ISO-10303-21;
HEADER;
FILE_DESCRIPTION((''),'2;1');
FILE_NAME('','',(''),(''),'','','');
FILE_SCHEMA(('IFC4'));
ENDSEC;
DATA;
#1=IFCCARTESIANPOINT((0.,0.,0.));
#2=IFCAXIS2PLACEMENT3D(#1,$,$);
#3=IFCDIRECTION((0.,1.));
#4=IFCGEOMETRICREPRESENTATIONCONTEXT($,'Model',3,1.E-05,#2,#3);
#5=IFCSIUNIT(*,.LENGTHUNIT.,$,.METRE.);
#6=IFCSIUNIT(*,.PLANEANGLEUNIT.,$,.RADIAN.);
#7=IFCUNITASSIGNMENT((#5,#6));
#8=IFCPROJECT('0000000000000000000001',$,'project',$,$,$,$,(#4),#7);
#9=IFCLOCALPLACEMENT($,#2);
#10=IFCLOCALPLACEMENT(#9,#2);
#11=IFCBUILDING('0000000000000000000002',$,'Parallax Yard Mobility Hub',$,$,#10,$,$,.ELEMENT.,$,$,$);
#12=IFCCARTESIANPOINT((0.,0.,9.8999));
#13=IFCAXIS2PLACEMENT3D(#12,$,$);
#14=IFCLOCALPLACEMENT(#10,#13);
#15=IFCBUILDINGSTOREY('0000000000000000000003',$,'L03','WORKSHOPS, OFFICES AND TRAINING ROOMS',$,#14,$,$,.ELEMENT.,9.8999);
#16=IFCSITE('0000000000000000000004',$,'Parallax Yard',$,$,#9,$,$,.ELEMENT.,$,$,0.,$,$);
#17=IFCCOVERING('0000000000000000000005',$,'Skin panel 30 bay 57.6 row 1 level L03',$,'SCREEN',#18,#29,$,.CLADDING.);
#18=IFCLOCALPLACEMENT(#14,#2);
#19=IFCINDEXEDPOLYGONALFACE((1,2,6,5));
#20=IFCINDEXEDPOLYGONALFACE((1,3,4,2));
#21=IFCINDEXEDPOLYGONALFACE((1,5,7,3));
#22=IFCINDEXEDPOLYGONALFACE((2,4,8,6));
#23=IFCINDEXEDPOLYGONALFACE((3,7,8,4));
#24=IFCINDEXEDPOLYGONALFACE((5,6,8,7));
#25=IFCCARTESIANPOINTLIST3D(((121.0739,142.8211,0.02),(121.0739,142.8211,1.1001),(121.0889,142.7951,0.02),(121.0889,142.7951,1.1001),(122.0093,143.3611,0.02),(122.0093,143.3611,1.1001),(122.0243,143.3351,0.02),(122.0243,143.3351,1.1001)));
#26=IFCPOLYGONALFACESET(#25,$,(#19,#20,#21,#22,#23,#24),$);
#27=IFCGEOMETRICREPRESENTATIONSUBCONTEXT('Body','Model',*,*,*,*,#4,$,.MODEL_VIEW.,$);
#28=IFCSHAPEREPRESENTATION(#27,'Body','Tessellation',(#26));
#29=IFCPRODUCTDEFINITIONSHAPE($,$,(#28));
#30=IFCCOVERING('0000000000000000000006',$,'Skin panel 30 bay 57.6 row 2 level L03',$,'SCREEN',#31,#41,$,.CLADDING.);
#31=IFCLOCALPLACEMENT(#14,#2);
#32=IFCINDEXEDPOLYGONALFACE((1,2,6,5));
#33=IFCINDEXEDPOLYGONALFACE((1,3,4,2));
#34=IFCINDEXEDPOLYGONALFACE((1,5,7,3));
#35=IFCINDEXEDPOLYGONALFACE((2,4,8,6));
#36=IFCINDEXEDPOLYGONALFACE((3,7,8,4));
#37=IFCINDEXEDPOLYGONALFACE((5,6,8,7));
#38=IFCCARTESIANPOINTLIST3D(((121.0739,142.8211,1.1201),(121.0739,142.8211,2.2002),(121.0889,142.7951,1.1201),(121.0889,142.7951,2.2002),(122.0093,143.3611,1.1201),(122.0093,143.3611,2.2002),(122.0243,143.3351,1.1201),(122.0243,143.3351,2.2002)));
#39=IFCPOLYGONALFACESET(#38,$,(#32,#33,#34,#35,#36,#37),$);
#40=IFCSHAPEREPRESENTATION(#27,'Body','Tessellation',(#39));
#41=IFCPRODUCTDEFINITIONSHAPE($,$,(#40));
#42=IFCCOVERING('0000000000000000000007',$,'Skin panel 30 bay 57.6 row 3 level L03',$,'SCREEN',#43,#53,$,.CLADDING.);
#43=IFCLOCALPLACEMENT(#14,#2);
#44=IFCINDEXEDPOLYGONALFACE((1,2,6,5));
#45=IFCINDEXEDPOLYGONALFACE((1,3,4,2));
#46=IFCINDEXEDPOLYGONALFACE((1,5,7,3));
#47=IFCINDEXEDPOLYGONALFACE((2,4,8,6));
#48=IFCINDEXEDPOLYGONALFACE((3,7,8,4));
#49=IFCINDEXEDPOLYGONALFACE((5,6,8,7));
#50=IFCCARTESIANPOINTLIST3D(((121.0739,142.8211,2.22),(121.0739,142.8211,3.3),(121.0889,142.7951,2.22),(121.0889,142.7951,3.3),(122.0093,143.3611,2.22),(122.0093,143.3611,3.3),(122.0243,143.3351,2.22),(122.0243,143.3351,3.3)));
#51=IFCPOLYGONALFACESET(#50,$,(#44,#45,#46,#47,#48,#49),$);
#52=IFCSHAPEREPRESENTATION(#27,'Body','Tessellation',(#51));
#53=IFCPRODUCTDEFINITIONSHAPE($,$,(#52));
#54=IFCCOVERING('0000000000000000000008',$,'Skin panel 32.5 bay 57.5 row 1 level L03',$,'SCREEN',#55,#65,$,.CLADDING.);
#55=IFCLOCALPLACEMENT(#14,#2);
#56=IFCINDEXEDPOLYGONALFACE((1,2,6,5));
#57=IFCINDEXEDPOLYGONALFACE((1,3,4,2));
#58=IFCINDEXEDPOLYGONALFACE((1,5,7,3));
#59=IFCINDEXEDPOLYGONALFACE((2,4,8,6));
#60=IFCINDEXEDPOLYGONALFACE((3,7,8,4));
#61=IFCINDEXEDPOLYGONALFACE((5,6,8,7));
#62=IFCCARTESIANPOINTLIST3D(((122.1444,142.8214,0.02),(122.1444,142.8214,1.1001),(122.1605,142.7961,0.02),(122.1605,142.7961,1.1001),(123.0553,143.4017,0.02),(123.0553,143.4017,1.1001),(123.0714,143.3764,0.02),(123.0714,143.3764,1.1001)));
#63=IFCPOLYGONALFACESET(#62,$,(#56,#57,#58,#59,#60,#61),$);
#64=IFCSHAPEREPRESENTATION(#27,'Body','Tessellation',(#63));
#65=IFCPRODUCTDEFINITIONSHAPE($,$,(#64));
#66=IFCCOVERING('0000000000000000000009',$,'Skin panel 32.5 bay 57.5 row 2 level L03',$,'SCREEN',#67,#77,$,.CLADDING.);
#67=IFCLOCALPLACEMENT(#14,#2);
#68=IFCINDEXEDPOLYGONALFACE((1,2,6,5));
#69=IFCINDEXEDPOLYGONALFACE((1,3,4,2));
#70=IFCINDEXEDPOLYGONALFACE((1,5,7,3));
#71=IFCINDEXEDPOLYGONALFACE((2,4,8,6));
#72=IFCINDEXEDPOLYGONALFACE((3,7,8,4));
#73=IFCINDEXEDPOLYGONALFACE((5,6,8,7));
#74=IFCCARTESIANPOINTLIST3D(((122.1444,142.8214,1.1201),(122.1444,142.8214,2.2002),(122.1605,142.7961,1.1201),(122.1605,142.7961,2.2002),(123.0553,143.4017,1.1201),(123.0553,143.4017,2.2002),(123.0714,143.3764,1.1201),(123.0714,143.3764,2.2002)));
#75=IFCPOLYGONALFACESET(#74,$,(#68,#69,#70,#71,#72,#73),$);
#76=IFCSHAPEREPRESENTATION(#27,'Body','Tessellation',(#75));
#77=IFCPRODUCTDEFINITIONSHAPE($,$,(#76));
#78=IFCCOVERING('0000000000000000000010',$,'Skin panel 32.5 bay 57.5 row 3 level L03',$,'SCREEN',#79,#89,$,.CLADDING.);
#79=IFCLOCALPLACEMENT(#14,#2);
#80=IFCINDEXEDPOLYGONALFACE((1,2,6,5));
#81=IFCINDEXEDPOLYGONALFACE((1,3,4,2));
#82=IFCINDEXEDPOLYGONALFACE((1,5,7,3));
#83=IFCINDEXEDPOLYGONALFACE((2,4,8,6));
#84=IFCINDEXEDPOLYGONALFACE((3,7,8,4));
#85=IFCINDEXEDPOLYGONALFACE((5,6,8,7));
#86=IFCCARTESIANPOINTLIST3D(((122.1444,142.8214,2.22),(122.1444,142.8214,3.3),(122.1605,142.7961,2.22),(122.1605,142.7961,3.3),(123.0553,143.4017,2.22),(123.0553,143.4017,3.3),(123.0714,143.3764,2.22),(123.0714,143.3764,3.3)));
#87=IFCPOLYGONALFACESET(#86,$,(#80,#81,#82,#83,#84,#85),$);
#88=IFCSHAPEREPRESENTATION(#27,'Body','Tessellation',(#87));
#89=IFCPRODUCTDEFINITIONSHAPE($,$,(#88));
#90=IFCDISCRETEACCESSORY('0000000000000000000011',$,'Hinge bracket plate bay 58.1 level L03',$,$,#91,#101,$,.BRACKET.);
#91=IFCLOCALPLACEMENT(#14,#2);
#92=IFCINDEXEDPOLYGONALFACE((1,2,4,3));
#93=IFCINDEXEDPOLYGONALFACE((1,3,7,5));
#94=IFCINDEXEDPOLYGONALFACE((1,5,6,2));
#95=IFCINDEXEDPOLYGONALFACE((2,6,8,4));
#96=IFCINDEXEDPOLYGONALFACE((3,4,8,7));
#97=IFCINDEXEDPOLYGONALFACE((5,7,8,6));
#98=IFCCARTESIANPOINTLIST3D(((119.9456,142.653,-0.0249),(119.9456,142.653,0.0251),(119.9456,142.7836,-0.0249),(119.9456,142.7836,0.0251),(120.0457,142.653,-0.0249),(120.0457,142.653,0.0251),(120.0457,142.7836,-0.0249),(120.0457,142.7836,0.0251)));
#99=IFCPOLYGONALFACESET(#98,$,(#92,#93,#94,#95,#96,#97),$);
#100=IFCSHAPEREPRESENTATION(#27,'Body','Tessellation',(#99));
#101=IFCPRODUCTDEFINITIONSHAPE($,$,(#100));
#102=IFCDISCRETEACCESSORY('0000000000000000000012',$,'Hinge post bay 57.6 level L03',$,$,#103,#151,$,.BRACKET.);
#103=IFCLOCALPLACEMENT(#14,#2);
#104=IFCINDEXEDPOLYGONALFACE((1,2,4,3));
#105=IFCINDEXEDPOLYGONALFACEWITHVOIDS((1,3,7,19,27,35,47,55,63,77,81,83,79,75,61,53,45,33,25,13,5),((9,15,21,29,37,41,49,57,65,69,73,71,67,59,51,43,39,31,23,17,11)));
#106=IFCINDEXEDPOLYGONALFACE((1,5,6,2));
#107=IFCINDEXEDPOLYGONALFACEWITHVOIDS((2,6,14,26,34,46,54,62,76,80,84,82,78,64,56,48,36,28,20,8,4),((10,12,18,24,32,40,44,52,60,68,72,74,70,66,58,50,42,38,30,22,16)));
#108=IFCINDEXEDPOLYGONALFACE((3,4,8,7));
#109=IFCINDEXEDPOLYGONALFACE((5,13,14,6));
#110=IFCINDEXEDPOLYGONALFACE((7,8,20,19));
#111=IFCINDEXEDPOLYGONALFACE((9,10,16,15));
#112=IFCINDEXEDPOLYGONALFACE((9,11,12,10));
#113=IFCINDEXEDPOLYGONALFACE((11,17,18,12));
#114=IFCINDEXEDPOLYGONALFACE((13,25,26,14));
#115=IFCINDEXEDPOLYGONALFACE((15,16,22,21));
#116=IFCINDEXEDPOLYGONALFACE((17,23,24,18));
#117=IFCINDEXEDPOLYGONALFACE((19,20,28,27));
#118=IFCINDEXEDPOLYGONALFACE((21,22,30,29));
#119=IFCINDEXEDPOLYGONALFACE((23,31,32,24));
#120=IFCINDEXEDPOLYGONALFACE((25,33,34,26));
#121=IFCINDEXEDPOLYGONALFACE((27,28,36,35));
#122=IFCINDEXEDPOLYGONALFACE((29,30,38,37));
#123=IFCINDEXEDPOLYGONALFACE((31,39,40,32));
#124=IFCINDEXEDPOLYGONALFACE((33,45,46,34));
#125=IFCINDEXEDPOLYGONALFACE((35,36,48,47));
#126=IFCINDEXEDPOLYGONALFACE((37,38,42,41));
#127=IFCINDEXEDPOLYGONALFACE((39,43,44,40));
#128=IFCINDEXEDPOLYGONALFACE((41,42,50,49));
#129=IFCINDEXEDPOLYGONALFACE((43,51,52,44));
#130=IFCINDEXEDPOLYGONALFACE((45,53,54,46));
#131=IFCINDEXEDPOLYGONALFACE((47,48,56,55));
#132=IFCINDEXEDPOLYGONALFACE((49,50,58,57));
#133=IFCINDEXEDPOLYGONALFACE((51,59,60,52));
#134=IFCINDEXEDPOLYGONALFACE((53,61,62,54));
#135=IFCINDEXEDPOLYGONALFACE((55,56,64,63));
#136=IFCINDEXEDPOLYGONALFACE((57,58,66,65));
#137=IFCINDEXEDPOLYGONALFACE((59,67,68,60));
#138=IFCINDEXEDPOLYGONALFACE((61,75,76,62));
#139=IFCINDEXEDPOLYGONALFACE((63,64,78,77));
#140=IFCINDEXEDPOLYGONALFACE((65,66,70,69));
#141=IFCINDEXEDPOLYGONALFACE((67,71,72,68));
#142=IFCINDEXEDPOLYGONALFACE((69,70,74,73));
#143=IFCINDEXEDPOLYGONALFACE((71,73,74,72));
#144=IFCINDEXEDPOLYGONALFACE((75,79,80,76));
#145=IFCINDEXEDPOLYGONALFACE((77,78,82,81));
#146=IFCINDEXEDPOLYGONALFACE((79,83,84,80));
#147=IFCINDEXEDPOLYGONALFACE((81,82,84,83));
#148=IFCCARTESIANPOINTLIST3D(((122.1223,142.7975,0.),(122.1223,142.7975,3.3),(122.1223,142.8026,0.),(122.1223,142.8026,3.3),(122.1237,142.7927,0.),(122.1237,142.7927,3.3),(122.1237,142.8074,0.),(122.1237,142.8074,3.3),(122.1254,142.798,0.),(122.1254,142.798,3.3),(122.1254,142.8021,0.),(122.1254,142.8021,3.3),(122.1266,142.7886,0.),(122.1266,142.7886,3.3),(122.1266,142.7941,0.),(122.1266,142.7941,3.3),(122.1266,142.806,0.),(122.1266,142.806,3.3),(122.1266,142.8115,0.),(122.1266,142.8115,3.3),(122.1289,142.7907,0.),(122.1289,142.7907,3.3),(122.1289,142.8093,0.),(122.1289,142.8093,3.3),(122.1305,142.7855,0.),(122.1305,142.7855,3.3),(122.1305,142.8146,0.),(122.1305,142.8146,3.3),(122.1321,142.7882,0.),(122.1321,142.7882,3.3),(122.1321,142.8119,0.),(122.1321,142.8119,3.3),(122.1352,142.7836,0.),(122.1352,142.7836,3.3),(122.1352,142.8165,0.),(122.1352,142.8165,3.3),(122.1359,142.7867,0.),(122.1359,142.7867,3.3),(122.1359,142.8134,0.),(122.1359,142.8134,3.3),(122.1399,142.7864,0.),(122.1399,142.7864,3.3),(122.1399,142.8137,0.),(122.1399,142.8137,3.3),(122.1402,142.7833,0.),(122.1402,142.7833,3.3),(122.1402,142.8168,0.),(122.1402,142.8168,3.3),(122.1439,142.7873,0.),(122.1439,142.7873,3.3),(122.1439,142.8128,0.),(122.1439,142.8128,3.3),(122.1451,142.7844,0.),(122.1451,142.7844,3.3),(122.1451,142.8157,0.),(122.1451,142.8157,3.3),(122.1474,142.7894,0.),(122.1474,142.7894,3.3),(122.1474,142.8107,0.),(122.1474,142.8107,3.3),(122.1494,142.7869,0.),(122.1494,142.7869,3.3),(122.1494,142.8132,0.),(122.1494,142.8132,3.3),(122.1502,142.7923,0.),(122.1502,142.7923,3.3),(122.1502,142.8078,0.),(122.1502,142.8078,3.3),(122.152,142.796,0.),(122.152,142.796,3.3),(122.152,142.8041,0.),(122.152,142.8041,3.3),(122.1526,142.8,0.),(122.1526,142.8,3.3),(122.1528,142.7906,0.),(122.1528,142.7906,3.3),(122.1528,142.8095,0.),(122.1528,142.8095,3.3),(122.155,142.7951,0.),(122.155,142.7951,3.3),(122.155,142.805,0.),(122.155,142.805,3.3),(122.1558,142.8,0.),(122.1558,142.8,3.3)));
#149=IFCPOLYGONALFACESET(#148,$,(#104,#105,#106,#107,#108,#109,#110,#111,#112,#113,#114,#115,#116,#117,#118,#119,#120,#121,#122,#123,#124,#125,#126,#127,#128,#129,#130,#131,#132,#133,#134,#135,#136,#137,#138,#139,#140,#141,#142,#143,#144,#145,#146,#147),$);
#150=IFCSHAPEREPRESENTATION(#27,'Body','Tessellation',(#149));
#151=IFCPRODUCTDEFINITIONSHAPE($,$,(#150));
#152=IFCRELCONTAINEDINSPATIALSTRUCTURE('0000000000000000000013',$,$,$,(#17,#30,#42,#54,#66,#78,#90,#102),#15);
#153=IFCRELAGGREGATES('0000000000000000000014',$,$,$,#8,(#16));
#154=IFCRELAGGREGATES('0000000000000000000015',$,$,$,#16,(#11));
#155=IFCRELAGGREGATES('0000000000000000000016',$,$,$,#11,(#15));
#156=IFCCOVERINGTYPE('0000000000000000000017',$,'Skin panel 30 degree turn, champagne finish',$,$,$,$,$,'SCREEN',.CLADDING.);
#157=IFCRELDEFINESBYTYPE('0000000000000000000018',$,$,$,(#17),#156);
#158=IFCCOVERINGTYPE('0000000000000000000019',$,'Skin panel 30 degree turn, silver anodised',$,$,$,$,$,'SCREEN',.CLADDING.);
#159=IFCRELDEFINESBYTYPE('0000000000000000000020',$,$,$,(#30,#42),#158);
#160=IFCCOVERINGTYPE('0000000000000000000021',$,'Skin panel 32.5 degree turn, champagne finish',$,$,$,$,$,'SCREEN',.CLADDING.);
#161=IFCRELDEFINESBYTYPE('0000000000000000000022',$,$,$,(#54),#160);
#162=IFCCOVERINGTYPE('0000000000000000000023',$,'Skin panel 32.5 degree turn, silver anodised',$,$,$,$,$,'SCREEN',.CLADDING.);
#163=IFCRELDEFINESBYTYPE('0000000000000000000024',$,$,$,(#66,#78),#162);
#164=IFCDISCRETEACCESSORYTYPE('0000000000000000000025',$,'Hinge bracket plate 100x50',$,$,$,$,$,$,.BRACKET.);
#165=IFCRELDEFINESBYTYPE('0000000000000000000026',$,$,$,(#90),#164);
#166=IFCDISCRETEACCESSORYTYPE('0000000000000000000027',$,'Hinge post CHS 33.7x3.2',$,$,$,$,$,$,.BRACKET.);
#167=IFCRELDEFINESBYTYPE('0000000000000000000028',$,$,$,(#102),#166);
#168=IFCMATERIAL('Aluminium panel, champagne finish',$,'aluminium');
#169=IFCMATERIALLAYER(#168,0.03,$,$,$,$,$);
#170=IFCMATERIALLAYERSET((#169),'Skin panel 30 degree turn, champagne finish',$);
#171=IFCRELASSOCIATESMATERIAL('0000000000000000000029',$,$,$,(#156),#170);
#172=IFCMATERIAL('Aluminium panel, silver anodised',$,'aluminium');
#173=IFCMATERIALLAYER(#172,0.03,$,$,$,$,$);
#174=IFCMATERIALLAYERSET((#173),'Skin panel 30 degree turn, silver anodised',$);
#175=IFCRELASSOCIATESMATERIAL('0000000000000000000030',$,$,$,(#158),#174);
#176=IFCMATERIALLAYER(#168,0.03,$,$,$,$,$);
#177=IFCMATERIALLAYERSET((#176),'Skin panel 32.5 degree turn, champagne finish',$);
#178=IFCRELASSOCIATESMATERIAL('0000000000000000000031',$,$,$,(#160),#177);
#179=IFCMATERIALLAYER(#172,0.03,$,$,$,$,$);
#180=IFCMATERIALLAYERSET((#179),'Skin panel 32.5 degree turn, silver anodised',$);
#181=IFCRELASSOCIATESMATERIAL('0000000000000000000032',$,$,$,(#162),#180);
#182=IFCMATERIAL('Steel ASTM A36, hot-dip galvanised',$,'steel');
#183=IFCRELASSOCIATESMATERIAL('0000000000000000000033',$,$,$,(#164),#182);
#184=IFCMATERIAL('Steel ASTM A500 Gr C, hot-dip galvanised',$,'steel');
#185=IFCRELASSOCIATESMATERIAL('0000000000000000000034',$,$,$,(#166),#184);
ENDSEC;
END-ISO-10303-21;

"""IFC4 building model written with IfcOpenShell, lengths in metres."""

from ifc_helpers import new_model, si_unit, direction, frame, origin, origin_2d, place, context, subcontext, project, spatial, rectangle, hollow_circle, extrude, material, layer, layer_set, material_profile, profile_set, type_object, element, save


model = new_model("IFC4")

# Units and contexts
model_context = context("Model", 3, precision=1e-05, world=origin(), true_north=direction((0.0, 1.0)))
body_context = subcontext(model_context, "Body", "Model", "MODEL_VIEW")
ifc_project = project(units=[si_unit("LENGTHUNIT", "METRE"), si_unit("PLANEANGLEUNIT", "RADIAN")], contexts=[model_context])

# Site, building, storey
site_placement = place(None, origin())
site = spatial("IfcSite", under=ifc_project, at=site_placement, Name="Parallax Yard", CompositionType="ELEMENT", RefElevation=0.0)
building_placement = place(site_placement, origin())
building = spatial("IfcBuilding", under=site, at=building_placement, Name="Parallax Yard Mobility Hub", CompositionType="ELEMENT")
storey_placement = place(building_placement, frame((0.0, 0.0, 9.8999)))
storey = spatial("IfcBuildingStorey", under=building, at=storey_placement, Name="L03", Description="WORKSHOPS, OFFICES AND TRAINING ROOMS", CompositionType="ELEMENT", Elevation=9.8999)

# Coverings
ifc_material_1 = material(Name="Aluminium panel, champagne finish", Category="aluminium")
ifc_material_2 = material(Name="Aluminium panel, silver anodised", Category="aluminium")
ifc_layer_1 = layer(ifc_material_1, 0.03)
ifc_layer_set_1 = layer_set([ifc_layer_1], Name="Skin panel 30 degree turn, champagne finish")
covering_type_1 = type_object("IfcCoveringType", Name="Skin panel 30 degree turn, champagne finish", ElementType="SCREEN", PredefinedType="CLADDING", material=ifc_layer_set_1)
covering_1_placement = place(storey_placement, frame((121.5491, 143.0781, 0.02), z_axis=(0.0, 0.0, 1.0), x_axis=(0.866025, 0.5, 0.0)))
element("IfcCovering", 1, at=covering_1_placement, inside=storey, type_object=covering_type_1, Name="Skin panel 30 bay 57.6 row 1 level L03", ObjectType="SCREEN", PredefinedType="CLADDING", context=body_context, shape_type="SweptSolid", body=[
    extrude(rectangle(XDim=1.0801, YDim=0.03, at=origin_2d()), origin(), (0.0, 0.0, 1.0), 1.0801),
])
ifc_layer_2 = layer(ifc_material_2, 0.03)
ifc_layer_set_2 = layer_set([ifc_layer_2], Name="Skin panel 30 degree turn, silver anodised")
covering_type_2 = type_object("IfcCoveringType", Name="Skin panel 30 degree turn, silver anodised", ElementType="SCREEN", PredefinedType="CLADDING", material=ifc_layer_set_2)
for number, where, z_axis, x_axis, name in (
    (2, (121.5491, 143.0781, 1.1201), (0.0, 0.0, 1.0), (0.866025, 0.5, 0.0), "Skin panel 30 bay 57.6 row 2 level L03"),
    (3, (121.5491, 143.0781, 2.22), (0.0, 0.0, 1.0), (0.866025, 0.5, 0.0), "Skin panel 30 bay 57.6 row 3 level L03"),
):
    element("IfcCovering", number, at=place(storey_placement, frame(where, z_axis=z_axis, x_axis=x_axis)), inside=storey, type_object=covering_type_2, Name=name, ObjectType="SCREEN", PredefinedType="CLADDING", context=body_context, shape_type="SweptSolid", body=[
        extrude(rectangle(XDim=1.0801, YDim=0.03, at=origin_2d()), origin(), (0.0, 0.0, 1.0), 1.0801),
    ])
ifc_layer_3 = layer(ifc_material_1, 0.03)
ifc_layer_set_3 = layer_set([ifc_layer_3], Name="Skin panel 32.5 degree turn, champagne finish")
covering_type_3 = type_object("IfcCoveringType", Name="Skin panel 32.5 degree turn, champagne finish", ElementType="SCREEN", PredefinedType="CLADDING", material=ifc_layer_set_3)
covering_2_placement = place(storey_placement, frame((122.6079, 143.0989, 0.02), z_axis=(0.0, 0.0, 1.0), x_axis=(0.843391, 0.5373, 0.0)))
element("IfcCovering", 4, at=covering_2_placement, inside=storey, type_object=covering_type_3, Name="Skin panel 32.5 bay 57.5 row 1 level L03", ObjectType="SCREEN", PredefinedType="CLADDING", context=body_context, shape_type="SweptSolid", body=[
    extrude(rectangle(XDim=1.0801, YDim=0.03, at=origin_2d()), origin(), (0.0, 0.0, 1.0), 1.0801),
])
ifc_layer_4 = layer(ifc_material_2, 0.03)
ifc_layer_set_4 = layer_set([ifc_layer_4], Name="Skin panel 32.5 degree turn, silver anodised")
covering_type_4 = type_object("IfcCoveringType", Name="Skin panel 32.5 degree turn, silver anodised", ElementType="SCREEN", PredefinedType="CLADDING", material=ifc_layer_set_4)
for number, where, z_axis, x_axis, name in (
    (5, (122.6079, 143.0989, 1.1201), (0.0, 0.0, 1.0), (0.843391, 0.5373, 0.0), "Skin panel 32.5 bay 57.5 row 2 level L03"),
    (6, (122.6079, 143.0989, 2.22), (0.0, 0.0, 1.0), (0.843391, 0.5373, 0.0), "Skin panel 32.5 bay 57.5 row 3 level L03"),
):
    element("IfcCovering", number, at=place(storey_placement, frame(where, z_axis=z_axis, x_axis=x_axis)), inside=storey, type_object=covering_type_4, Name=name, ObjectType="SCREEN", PredefinedType="CLADDING", context=body_context, shape_type="SweptSolid", body=[
        extrude(rectangle(XDim=1.0801, YDim=0.03, at=origin_2d()), origin(), (0.0, 0.0, 1.0), 1.0801),
    ])

# Discrete accessories
ifc_material_3 = material(Name="Steel ASTM A36, hot-dip galvanised", Category="steel")
discrete_accessory_type_1 = type_object("IfcDiscreteAccessoryType", Name="Hinge bracket plate 100x50", PredefinedType="BRACKET", material=ifc_material_3)
discrete_accessory_placement = place(storey_placement, frame((119.9956, 142.7183, -0.0249), z_axis=(0.0, 0.0, 1.0), x_axis=(0.0, 1.0, 0.0)))
element("IfcDiscreteAccessory", 7, at=discrete_accessory_placement, inside=storey, type_object=discrete_accessory_type_1, Name="Hinge bracket plate bay 58.1 level L03", PredefinedType="BRACKET", context=body_context, shape_type="SweptSolid", body=[
    extrude(rectangle(XDim=0.1306, YDim=0.1001, at=origin_2d()), origin(), (0.0, 0.0, 1.0), 0.05),
])
ifc_material_4 = material(Name="Steel ASTM A500 Gr C, hot-dip galvanised", Category="steel")
ifc_material_profile = material_profile(ifc_material_4, hollow_circle(Radius=0.0168, WallThickness=0.0032, at=origin_2d()), Name="CHS 33.7x3.2")
ifc_profile_set = profile_set([ifc_material_profile], Name="Steel ASTM A500 Gr C, hot-dip galvanised")
discrete_accessory_type_2 = type_object("IfcDiscreteAccessoryType", Name="Hinge post CHS 33.7x3.2", PredefinedType="BRACKET", material=ifc_profile_set)
for number, where, z_axis, x_axis, name in (
    (8, (122.1389, 142.8, 0.0), (0.0, 0.0, 1.0), (1.0, 0.0, 0.0), "Hinge post bay 57.6 level L03"),
):
    element("IfcDiscreteAccessory", number, at=place(storey_placement, frame(where, z_axis=z_axis, x_axis=x_axis)), inside=storey, type_object=discrete_accessory_type_2, Name=name, PredefinedType="BRACKET", context=body_context, shape_type="SweptSolid", body=[
        extrude(hollow_circle(Radius=0.0168, WallThickness=0.0032, at=origin_2d()), origin(), (0.0, 0.0, 1.0), 3.3),
    ])

save(model, "model.ifc")
